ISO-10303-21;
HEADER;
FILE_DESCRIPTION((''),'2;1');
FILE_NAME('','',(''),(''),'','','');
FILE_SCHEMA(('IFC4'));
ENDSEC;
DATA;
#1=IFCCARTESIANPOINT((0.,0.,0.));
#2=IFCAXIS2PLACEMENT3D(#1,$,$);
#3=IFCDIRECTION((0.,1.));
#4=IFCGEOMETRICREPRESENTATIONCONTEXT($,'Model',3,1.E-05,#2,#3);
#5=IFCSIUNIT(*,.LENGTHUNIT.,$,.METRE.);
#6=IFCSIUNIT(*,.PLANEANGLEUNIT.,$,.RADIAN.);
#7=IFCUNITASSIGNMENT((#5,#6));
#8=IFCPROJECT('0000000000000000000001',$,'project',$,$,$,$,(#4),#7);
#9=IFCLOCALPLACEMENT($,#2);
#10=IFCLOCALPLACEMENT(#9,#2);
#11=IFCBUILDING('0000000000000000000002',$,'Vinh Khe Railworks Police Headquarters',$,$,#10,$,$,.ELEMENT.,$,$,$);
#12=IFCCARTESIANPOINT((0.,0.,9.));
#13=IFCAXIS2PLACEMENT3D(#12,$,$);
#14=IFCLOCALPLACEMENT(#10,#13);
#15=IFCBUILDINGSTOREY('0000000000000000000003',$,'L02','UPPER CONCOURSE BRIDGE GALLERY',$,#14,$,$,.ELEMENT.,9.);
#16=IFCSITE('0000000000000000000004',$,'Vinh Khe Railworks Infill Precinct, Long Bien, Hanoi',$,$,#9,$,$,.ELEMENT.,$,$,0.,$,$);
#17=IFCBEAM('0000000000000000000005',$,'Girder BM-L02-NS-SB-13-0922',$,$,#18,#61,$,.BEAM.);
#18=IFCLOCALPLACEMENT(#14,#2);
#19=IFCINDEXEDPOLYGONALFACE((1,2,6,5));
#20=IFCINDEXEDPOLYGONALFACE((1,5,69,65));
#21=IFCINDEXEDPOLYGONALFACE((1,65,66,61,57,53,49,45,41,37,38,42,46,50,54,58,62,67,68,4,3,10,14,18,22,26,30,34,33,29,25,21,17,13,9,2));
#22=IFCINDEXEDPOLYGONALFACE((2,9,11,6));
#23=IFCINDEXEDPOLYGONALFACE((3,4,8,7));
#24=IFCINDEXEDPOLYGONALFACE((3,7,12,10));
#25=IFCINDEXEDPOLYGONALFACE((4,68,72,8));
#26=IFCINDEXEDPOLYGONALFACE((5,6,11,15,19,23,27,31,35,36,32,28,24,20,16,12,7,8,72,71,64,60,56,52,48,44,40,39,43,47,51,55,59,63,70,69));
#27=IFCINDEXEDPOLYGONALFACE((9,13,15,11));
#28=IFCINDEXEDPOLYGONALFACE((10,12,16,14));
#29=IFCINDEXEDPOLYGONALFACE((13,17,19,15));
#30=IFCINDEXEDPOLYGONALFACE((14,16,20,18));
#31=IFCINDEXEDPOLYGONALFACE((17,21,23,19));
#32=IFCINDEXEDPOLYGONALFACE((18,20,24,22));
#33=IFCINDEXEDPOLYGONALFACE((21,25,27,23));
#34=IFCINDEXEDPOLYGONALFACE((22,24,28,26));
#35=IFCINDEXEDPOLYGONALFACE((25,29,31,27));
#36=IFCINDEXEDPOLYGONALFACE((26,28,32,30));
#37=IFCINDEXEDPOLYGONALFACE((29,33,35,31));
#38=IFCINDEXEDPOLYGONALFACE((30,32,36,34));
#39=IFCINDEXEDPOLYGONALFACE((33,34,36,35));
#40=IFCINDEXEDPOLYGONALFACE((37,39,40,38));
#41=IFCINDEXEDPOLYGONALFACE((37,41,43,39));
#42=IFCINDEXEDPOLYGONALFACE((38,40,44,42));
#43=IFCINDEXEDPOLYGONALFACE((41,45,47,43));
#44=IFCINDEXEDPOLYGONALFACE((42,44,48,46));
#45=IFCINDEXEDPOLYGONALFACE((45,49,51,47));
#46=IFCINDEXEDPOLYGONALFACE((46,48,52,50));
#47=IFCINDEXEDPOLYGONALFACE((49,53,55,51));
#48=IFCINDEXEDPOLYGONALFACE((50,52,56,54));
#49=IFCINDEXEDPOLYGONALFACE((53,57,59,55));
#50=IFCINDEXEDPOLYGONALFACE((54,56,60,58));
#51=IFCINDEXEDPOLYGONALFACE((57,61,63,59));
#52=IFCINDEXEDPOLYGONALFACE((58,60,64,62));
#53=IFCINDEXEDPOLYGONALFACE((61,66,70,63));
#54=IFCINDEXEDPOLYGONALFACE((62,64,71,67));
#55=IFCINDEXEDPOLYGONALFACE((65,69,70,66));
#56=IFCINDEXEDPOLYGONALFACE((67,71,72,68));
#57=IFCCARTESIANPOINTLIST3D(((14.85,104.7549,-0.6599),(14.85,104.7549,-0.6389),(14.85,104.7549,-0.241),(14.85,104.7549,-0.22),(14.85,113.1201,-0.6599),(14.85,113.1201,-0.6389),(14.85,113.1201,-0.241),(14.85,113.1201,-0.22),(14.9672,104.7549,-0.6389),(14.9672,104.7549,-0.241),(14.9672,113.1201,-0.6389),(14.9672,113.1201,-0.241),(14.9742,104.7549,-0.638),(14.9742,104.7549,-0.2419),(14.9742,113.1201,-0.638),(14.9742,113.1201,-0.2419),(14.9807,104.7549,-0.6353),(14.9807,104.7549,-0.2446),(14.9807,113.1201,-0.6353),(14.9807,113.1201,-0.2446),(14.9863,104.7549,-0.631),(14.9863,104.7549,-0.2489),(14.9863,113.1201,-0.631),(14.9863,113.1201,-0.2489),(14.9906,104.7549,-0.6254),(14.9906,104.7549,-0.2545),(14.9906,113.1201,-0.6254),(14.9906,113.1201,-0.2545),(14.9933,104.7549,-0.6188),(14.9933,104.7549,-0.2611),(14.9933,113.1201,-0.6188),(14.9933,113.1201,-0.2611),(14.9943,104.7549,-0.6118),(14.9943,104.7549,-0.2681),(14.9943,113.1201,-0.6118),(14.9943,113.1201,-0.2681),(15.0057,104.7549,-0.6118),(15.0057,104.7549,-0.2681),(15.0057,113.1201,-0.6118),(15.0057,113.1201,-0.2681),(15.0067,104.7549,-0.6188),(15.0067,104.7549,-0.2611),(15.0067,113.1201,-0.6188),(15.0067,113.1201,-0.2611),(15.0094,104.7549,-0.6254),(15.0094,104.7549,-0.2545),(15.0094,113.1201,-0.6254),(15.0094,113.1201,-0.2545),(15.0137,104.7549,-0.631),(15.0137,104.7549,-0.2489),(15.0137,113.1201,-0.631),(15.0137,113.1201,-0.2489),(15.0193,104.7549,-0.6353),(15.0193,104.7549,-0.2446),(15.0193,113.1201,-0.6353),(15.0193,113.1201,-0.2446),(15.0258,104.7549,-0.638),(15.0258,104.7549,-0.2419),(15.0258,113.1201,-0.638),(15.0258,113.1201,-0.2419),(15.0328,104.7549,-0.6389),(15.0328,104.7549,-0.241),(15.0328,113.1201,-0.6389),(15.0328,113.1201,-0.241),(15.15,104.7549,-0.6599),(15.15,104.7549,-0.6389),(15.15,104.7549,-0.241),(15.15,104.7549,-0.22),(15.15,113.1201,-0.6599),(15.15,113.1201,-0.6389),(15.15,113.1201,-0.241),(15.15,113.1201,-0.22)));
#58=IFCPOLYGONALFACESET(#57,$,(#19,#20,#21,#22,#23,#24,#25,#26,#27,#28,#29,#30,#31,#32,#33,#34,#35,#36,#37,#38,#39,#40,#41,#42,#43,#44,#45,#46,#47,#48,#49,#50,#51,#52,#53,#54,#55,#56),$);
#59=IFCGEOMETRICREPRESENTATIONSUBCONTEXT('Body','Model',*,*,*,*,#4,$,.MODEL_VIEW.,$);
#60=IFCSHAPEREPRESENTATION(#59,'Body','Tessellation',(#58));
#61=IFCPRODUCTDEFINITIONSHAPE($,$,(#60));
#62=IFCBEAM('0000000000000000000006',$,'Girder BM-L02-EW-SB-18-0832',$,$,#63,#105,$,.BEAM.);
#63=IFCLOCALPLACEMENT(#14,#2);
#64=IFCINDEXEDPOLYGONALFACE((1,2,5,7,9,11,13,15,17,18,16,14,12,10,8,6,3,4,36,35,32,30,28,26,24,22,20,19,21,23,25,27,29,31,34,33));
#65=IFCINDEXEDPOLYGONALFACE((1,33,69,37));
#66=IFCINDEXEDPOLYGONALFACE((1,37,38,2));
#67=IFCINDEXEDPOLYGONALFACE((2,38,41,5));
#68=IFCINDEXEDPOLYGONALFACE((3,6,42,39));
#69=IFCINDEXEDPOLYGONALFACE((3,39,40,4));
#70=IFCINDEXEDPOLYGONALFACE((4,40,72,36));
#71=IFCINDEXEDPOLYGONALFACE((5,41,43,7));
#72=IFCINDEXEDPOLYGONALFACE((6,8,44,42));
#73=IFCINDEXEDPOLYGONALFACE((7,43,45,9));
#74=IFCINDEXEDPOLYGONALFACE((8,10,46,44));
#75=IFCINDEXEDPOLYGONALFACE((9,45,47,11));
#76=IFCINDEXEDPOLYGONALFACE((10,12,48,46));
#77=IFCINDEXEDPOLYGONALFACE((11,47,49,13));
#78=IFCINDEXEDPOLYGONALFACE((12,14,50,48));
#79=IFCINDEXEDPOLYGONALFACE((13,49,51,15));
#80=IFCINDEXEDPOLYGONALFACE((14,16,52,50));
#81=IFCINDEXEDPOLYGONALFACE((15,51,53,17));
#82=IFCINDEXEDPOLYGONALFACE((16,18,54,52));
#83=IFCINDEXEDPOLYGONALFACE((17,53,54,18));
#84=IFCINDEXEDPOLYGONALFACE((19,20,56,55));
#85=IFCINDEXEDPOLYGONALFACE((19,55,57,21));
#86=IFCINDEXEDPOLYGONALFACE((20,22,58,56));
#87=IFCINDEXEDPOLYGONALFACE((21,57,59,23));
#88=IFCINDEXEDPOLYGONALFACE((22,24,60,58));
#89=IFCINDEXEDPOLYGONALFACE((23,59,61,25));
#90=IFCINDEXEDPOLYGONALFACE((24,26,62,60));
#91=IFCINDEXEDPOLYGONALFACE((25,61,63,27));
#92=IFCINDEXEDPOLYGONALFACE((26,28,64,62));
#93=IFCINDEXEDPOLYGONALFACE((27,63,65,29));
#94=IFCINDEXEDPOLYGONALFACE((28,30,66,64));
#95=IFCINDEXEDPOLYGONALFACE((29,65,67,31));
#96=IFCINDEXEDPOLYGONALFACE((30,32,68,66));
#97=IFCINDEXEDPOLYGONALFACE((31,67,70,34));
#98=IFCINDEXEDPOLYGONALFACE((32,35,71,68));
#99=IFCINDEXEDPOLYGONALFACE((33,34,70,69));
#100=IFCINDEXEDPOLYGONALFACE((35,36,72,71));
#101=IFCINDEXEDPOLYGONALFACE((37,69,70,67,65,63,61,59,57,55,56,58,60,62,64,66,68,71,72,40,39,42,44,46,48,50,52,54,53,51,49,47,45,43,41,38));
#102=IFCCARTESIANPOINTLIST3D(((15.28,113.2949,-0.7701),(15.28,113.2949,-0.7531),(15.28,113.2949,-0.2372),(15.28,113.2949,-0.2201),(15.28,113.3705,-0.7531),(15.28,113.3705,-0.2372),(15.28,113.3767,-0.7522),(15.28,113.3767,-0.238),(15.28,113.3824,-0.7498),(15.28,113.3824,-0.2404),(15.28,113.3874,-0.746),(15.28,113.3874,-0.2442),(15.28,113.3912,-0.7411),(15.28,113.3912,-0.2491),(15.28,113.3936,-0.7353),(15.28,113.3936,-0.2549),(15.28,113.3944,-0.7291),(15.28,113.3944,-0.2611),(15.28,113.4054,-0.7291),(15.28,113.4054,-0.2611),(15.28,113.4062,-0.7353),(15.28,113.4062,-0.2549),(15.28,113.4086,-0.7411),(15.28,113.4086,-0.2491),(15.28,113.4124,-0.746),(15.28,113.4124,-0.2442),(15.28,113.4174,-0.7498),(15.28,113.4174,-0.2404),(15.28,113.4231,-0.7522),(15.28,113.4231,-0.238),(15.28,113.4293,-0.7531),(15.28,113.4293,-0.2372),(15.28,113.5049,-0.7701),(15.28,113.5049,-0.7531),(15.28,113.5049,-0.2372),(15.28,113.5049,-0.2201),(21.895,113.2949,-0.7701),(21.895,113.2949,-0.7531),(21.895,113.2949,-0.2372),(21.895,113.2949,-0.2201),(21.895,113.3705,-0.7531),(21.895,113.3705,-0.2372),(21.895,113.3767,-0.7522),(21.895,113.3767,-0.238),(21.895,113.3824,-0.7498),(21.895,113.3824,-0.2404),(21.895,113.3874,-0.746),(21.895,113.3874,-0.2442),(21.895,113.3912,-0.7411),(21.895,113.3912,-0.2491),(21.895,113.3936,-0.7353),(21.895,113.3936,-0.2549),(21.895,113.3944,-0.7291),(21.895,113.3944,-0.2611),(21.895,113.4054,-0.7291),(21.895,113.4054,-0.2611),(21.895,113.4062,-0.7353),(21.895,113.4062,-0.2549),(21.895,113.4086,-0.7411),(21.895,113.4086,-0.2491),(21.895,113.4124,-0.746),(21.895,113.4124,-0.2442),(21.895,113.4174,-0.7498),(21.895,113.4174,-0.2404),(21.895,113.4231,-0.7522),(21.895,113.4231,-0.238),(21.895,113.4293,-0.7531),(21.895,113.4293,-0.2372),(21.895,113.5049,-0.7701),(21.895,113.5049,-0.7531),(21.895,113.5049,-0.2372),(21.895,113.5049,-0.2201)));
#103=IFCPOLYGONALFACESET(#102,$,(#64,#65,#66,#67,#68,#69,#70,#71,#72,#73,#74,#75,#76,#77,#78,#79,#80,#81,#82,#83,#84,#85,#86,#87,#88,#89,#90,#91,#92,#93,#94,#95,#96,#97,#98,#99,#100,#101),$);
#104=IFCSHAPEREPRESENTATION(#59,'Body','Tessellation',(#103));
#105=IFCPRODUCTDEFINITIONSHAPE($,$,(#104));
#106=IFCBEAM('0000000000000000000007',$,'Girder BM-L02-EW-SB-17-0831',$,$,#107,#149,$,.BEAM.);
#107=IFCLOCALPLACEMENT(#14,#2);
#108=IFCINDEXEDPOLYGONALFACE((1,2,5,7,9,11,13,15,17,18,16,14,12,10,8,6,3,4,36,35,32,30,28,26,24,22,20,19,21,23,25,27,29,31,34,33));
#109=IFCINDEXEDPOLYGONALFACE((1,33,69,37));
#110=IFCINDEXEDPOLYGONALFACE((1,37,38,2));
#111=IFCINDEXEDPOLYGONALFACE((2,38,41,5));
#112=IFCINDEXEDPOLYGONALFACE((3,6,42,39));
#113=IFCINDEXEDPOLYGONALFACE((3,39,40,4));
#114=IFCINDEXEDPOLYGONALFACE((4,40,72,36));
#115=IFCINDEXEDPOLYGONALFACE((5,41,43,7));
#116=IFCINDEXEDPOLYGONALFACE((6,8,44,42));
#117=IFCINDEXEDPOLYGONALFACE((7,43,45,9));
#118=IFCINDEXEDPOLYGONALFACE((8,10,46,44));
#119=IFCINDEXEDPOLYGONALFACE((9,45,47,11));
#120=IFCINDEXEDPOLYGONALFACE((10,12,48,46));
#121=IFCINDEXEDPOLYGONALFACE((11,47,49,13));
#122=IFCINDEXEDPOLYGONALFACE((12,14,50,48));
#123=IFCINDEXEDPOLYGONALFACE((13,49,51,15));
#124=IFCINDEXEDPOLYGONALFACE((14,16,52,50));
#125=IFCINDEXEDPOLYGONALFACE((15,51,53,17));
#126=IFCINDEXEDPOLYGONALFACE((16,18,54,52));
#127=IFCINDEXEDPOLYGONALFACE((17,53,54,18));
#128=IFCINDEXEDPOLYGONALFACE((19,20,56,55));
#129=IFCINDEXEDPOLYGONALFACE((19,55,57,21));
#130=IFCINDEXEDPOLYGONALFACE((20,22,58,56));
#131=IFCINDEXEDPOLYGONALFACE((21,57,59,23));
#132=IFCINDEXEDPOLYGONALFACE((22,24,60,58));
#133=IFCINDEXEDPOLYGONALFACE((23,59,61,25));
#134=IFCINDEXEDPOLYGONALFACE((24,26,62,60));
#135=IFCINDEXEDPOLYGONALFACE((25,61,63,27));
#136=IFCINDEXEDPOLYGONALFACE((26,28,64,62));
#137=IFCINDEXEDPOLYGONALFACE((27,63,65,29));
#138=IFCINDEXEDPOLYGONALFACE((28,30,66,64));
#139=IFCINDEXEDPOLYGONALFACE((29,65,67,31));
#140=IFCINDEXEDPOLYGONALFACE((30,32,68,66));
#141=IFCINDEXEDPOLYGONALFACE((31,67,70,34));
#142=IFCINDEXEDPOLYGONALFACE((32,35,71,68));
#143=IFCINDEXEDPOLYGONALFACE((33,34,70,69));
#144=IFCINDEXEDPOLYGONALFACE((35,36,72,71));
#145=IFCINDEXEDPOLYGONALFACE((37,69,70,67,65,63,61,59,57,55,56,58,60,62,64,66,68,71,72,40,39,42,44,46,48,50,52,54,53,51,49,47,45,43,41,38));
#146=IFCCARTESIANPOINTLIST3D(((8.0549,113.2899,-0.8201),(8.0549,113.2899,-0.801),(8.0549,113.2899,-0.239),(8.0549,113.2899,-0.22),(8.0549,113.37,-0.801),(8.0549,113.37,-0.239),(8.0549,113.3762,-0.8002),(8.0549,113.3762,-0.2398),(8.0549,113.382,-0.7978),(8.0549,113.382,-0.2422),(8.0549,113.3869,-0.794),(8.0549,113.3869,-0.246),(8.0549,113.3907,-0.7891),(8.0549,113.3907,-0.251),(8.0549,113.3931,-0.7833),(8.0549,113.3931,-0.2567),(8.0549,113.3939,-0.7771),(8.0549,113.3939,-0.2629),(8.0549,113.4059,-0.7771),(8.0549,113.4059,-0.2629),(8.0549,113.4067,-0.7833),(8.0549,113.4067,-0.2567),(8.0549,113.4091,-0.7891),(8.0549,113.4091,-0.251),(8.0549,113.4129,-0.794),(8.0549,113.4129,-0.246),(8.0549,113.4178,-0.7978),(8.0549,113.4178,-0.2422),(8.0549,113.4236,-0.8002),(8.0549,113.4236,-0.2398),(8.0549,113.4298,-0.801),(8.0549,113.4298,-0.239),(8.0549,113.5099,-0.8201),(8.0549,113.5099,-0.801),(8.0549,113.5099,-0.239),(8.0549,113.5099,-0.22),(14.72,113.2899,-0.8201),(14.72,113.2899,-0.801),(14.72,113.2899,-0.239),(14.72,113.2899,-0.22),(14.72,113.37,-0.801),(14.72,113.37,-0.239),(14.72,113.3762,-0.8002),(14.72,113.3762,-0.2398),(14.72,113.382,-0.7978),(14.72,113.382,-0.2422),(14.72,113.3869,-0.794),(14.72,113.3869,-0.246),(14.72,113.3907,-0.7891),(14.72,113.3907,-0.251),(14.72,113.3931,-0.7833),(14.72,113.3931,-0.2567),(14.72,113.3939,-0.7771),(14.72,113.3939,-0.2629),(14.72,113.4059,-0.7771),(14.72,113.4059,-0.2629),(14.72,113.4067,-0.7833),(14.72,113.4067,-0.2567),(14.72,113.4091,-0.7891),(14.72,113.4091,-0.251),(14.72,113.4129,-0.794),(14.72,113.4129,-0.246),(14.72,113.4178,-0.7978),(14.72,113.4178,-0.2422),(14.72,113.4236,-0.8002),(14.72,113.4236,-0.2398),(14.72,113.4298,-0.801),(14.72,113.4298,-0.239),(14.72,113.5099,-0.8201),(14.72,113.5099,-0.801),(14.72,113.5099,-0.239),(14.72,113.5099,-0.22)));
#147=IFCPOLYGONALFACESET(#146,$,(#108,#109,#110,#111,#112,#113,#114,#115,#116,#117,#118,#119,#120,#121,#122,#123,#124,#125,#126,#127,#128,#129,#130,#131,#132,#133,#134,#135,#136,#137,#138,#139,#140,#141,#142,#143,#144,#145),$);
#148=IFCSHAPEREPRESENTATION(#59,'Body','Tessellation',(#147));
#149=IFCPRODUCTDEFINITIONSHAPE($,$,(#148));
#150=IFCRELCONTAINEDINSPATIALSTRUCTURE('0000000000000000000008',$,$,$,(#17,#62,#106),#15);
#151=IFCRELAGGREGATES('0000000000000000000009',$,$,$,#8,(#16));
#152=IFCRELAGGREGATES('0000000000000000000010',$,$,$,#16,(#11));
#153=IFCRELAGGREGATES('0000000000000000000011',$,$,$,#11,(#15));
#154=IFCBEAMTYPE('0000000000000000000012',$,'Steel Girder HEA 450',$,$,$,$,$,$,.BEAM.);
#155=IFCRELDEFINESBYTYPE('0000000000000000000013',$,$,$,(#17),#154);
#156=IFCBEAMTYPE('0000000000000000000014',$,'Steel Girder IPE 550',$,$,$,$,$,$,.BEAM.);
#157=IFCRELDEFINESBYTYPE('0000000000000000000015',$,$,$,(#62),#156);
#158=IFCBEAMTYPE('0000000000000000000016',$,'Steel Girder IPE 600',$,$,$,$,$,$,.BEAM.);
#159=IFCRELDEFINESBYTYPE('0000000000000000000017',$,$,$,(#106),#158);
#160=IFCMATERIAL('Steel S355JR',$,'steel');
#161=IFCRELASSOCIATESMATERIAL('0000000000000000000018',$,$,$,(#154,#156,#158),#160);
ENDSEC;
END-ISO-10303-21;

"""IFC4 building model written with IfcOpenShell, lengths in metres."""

from ifc_helpers import new_model, si_unit, direction, frame, origin, origin_2d, place, context, subcontext, project, spatial, i_section, extrude, material, material_profile, profile_set, type_object, element, save


model = new_model("IFC4")

# Units and contexts
model_context = context("Model", 3, precision=1e-05, world=origin(), true_north=direction((0.0, 1.0)))
body_context = subcontext(model_context, "Body", "Model", "MODEL_VIEW")
ifc_project = project(units=[si_unit("LENGTHUNIT", "METRE"), si_unit("PLANEANGLEUNIT", "RADIAN")], contexts=[model_context])

# Site, building, storey
site_placement = place(None, origin())
site = spatial("IfcSite", under=ifc_project, at=site_placement, Name="Vinh Khe Railworks Infill Precinct, Long Bien, Hanoi", CompositionType="ELEMENT", RefElevation=0.0)
building_placement = place(site_placement, origin())
building = spatial("IfcBuilding", under=site, at=building_placement, Name="Vinh Khe Railworks Police Headquarters", CompositionType="ELEMENT")
storey_placement = place(building_placement, frame((0.0, 0.0, 9.0)))
storey = spatial("IfcBuildingStorey", under=building, at=storey_placement, Name="L02", Description="UPPER CONCOURSE BRIDGE GALLERY", CompositionType="ELEMENT", Elevation=9.0)

# Shared definitions
ifc_material_1 = material(Name="Steel S355JR", Category="steel")

# Beams
ifc_material_profile_1 = material_profile(ifc_material_1, i_section(OverallWidth=0.3, OverallDepth=0.4399, WebThickness=0.0115, FlangeThickness=0.021, FilletRadius=0.0271, at=origin_2d()), Name="HEA 450")
ifc_profile_set_1 = profile_set([ifc_material_profile_1], Name="Steel S355JR")
beam_type_1 = type_object("IfcBeamType", Name="Steel Girder HEA 450", PredefinedType="BEAM", material=ifc_profile_set_1)
beam_1_placement = place(storey_placement, frame((15.0, 104.7549, -0.4399), z_axis=(0.0, 1.0, 0.0), x_axis=(-1.0, 0.0, 0.0)))
element("IfcBeam", 1, at=beam_1_placement, inside=storey, type_object=beam_type_1, Name="Girder BM-L02-NS-SB-13-0922", PredefinedType="BEAM", context=body_context, shape_type="SweptSolid", body=[
    extrude(i_section(OverallWidth=0.3, OverallDepth=0.4399, WebThickness=0.0115, FlangeThickness=0.021, FilletRadius=0.0271, at=origin_2d()), origin(), (0.0, 0.0, 1.0), 8.3652),
])
ifc_material_profile_2 = material_profile(ifc_material_1, i_section(OverallWidth=0.21, OverallDepth=0.55, WebThickness=0.011, FlangeThickness=0.0171, FilletRadius=0.0239, at=origin_2d()), Name="IPE 550")
ifc_profile_set_2 = profile_set([ifc_material_profile_2], Name="Steel S355JR")
beam_type_2 = type_object("IfcBeamType", Name="Steel Girder IPE 550", PredefinedType="BEAM", material=ifc_profile_set_2)
beam_2_placement = place(storey_placement, frame((15.28, 113.3999, -0.4951), z_axis=(1.0, 0.0, 0.0), x_axis=(0.0, 1.0, 0.0)))
element("IfcBeam", 2, at=beam_2_placement, inside=storey, type_object=beam_type_2, Name="Girder BM-L02-EW-SB-18-0832", PredefinedType="BEAM", context=body_context, shape_type="SweptSolid", body=[
    extrude(i_section(OverallWidth=0.21, OverallDepth=0.55, WebThickness=0.011, FlangeThickness=0.0171, FilletRadius=0.0239, at=origin_2d()), origin(), (0.0, 0.0, 1.0), 6.615),
])
ifc_material_profile_3 = material_profile(ifc_material_1, i_section(OverallWidth=0.22, OverallDepth=0.6001, WebThickness=0.012, FlangeThickness=0.019, FilletRadius=0.0239, at=origin_2d()), Name="IPE 600")
ifc_profile_set_3 = profile_set([ifc_material_profile_3], Name="Steel S355JR")
beam_type_3 = type_object("IfcBeamType", Name="Steel Girder IPE 600", PredefinedType="BEAM", material=ifc_profile_set_3)
beam_3_placement = place(storey_placement, frame((8.0549, 113.3999, -0.52), z_axis=(1.0, 0.0, 0.0), x_axis=(0.0, 1.0, 0.0)))
element("IfcBeam", 3, at=beam_3_placement, inside=storey, type_object=beam_type_3, Name="Girder BM-L02-EW-SB-17-0831", PredefinedType="BEAM", context=body_context, shape_type="SweptSolid", body=[
    extrude(i_section(OverallWidth=0.22, OverallDepth=0.6001, WebThickness=0.012, FlangeThickness=0.019, FilletRadius=0.0239, at=origin_2d()), origin(), (0.0, 0.0, 1.0), 6.665),
])

save(model, "model.ifc")
